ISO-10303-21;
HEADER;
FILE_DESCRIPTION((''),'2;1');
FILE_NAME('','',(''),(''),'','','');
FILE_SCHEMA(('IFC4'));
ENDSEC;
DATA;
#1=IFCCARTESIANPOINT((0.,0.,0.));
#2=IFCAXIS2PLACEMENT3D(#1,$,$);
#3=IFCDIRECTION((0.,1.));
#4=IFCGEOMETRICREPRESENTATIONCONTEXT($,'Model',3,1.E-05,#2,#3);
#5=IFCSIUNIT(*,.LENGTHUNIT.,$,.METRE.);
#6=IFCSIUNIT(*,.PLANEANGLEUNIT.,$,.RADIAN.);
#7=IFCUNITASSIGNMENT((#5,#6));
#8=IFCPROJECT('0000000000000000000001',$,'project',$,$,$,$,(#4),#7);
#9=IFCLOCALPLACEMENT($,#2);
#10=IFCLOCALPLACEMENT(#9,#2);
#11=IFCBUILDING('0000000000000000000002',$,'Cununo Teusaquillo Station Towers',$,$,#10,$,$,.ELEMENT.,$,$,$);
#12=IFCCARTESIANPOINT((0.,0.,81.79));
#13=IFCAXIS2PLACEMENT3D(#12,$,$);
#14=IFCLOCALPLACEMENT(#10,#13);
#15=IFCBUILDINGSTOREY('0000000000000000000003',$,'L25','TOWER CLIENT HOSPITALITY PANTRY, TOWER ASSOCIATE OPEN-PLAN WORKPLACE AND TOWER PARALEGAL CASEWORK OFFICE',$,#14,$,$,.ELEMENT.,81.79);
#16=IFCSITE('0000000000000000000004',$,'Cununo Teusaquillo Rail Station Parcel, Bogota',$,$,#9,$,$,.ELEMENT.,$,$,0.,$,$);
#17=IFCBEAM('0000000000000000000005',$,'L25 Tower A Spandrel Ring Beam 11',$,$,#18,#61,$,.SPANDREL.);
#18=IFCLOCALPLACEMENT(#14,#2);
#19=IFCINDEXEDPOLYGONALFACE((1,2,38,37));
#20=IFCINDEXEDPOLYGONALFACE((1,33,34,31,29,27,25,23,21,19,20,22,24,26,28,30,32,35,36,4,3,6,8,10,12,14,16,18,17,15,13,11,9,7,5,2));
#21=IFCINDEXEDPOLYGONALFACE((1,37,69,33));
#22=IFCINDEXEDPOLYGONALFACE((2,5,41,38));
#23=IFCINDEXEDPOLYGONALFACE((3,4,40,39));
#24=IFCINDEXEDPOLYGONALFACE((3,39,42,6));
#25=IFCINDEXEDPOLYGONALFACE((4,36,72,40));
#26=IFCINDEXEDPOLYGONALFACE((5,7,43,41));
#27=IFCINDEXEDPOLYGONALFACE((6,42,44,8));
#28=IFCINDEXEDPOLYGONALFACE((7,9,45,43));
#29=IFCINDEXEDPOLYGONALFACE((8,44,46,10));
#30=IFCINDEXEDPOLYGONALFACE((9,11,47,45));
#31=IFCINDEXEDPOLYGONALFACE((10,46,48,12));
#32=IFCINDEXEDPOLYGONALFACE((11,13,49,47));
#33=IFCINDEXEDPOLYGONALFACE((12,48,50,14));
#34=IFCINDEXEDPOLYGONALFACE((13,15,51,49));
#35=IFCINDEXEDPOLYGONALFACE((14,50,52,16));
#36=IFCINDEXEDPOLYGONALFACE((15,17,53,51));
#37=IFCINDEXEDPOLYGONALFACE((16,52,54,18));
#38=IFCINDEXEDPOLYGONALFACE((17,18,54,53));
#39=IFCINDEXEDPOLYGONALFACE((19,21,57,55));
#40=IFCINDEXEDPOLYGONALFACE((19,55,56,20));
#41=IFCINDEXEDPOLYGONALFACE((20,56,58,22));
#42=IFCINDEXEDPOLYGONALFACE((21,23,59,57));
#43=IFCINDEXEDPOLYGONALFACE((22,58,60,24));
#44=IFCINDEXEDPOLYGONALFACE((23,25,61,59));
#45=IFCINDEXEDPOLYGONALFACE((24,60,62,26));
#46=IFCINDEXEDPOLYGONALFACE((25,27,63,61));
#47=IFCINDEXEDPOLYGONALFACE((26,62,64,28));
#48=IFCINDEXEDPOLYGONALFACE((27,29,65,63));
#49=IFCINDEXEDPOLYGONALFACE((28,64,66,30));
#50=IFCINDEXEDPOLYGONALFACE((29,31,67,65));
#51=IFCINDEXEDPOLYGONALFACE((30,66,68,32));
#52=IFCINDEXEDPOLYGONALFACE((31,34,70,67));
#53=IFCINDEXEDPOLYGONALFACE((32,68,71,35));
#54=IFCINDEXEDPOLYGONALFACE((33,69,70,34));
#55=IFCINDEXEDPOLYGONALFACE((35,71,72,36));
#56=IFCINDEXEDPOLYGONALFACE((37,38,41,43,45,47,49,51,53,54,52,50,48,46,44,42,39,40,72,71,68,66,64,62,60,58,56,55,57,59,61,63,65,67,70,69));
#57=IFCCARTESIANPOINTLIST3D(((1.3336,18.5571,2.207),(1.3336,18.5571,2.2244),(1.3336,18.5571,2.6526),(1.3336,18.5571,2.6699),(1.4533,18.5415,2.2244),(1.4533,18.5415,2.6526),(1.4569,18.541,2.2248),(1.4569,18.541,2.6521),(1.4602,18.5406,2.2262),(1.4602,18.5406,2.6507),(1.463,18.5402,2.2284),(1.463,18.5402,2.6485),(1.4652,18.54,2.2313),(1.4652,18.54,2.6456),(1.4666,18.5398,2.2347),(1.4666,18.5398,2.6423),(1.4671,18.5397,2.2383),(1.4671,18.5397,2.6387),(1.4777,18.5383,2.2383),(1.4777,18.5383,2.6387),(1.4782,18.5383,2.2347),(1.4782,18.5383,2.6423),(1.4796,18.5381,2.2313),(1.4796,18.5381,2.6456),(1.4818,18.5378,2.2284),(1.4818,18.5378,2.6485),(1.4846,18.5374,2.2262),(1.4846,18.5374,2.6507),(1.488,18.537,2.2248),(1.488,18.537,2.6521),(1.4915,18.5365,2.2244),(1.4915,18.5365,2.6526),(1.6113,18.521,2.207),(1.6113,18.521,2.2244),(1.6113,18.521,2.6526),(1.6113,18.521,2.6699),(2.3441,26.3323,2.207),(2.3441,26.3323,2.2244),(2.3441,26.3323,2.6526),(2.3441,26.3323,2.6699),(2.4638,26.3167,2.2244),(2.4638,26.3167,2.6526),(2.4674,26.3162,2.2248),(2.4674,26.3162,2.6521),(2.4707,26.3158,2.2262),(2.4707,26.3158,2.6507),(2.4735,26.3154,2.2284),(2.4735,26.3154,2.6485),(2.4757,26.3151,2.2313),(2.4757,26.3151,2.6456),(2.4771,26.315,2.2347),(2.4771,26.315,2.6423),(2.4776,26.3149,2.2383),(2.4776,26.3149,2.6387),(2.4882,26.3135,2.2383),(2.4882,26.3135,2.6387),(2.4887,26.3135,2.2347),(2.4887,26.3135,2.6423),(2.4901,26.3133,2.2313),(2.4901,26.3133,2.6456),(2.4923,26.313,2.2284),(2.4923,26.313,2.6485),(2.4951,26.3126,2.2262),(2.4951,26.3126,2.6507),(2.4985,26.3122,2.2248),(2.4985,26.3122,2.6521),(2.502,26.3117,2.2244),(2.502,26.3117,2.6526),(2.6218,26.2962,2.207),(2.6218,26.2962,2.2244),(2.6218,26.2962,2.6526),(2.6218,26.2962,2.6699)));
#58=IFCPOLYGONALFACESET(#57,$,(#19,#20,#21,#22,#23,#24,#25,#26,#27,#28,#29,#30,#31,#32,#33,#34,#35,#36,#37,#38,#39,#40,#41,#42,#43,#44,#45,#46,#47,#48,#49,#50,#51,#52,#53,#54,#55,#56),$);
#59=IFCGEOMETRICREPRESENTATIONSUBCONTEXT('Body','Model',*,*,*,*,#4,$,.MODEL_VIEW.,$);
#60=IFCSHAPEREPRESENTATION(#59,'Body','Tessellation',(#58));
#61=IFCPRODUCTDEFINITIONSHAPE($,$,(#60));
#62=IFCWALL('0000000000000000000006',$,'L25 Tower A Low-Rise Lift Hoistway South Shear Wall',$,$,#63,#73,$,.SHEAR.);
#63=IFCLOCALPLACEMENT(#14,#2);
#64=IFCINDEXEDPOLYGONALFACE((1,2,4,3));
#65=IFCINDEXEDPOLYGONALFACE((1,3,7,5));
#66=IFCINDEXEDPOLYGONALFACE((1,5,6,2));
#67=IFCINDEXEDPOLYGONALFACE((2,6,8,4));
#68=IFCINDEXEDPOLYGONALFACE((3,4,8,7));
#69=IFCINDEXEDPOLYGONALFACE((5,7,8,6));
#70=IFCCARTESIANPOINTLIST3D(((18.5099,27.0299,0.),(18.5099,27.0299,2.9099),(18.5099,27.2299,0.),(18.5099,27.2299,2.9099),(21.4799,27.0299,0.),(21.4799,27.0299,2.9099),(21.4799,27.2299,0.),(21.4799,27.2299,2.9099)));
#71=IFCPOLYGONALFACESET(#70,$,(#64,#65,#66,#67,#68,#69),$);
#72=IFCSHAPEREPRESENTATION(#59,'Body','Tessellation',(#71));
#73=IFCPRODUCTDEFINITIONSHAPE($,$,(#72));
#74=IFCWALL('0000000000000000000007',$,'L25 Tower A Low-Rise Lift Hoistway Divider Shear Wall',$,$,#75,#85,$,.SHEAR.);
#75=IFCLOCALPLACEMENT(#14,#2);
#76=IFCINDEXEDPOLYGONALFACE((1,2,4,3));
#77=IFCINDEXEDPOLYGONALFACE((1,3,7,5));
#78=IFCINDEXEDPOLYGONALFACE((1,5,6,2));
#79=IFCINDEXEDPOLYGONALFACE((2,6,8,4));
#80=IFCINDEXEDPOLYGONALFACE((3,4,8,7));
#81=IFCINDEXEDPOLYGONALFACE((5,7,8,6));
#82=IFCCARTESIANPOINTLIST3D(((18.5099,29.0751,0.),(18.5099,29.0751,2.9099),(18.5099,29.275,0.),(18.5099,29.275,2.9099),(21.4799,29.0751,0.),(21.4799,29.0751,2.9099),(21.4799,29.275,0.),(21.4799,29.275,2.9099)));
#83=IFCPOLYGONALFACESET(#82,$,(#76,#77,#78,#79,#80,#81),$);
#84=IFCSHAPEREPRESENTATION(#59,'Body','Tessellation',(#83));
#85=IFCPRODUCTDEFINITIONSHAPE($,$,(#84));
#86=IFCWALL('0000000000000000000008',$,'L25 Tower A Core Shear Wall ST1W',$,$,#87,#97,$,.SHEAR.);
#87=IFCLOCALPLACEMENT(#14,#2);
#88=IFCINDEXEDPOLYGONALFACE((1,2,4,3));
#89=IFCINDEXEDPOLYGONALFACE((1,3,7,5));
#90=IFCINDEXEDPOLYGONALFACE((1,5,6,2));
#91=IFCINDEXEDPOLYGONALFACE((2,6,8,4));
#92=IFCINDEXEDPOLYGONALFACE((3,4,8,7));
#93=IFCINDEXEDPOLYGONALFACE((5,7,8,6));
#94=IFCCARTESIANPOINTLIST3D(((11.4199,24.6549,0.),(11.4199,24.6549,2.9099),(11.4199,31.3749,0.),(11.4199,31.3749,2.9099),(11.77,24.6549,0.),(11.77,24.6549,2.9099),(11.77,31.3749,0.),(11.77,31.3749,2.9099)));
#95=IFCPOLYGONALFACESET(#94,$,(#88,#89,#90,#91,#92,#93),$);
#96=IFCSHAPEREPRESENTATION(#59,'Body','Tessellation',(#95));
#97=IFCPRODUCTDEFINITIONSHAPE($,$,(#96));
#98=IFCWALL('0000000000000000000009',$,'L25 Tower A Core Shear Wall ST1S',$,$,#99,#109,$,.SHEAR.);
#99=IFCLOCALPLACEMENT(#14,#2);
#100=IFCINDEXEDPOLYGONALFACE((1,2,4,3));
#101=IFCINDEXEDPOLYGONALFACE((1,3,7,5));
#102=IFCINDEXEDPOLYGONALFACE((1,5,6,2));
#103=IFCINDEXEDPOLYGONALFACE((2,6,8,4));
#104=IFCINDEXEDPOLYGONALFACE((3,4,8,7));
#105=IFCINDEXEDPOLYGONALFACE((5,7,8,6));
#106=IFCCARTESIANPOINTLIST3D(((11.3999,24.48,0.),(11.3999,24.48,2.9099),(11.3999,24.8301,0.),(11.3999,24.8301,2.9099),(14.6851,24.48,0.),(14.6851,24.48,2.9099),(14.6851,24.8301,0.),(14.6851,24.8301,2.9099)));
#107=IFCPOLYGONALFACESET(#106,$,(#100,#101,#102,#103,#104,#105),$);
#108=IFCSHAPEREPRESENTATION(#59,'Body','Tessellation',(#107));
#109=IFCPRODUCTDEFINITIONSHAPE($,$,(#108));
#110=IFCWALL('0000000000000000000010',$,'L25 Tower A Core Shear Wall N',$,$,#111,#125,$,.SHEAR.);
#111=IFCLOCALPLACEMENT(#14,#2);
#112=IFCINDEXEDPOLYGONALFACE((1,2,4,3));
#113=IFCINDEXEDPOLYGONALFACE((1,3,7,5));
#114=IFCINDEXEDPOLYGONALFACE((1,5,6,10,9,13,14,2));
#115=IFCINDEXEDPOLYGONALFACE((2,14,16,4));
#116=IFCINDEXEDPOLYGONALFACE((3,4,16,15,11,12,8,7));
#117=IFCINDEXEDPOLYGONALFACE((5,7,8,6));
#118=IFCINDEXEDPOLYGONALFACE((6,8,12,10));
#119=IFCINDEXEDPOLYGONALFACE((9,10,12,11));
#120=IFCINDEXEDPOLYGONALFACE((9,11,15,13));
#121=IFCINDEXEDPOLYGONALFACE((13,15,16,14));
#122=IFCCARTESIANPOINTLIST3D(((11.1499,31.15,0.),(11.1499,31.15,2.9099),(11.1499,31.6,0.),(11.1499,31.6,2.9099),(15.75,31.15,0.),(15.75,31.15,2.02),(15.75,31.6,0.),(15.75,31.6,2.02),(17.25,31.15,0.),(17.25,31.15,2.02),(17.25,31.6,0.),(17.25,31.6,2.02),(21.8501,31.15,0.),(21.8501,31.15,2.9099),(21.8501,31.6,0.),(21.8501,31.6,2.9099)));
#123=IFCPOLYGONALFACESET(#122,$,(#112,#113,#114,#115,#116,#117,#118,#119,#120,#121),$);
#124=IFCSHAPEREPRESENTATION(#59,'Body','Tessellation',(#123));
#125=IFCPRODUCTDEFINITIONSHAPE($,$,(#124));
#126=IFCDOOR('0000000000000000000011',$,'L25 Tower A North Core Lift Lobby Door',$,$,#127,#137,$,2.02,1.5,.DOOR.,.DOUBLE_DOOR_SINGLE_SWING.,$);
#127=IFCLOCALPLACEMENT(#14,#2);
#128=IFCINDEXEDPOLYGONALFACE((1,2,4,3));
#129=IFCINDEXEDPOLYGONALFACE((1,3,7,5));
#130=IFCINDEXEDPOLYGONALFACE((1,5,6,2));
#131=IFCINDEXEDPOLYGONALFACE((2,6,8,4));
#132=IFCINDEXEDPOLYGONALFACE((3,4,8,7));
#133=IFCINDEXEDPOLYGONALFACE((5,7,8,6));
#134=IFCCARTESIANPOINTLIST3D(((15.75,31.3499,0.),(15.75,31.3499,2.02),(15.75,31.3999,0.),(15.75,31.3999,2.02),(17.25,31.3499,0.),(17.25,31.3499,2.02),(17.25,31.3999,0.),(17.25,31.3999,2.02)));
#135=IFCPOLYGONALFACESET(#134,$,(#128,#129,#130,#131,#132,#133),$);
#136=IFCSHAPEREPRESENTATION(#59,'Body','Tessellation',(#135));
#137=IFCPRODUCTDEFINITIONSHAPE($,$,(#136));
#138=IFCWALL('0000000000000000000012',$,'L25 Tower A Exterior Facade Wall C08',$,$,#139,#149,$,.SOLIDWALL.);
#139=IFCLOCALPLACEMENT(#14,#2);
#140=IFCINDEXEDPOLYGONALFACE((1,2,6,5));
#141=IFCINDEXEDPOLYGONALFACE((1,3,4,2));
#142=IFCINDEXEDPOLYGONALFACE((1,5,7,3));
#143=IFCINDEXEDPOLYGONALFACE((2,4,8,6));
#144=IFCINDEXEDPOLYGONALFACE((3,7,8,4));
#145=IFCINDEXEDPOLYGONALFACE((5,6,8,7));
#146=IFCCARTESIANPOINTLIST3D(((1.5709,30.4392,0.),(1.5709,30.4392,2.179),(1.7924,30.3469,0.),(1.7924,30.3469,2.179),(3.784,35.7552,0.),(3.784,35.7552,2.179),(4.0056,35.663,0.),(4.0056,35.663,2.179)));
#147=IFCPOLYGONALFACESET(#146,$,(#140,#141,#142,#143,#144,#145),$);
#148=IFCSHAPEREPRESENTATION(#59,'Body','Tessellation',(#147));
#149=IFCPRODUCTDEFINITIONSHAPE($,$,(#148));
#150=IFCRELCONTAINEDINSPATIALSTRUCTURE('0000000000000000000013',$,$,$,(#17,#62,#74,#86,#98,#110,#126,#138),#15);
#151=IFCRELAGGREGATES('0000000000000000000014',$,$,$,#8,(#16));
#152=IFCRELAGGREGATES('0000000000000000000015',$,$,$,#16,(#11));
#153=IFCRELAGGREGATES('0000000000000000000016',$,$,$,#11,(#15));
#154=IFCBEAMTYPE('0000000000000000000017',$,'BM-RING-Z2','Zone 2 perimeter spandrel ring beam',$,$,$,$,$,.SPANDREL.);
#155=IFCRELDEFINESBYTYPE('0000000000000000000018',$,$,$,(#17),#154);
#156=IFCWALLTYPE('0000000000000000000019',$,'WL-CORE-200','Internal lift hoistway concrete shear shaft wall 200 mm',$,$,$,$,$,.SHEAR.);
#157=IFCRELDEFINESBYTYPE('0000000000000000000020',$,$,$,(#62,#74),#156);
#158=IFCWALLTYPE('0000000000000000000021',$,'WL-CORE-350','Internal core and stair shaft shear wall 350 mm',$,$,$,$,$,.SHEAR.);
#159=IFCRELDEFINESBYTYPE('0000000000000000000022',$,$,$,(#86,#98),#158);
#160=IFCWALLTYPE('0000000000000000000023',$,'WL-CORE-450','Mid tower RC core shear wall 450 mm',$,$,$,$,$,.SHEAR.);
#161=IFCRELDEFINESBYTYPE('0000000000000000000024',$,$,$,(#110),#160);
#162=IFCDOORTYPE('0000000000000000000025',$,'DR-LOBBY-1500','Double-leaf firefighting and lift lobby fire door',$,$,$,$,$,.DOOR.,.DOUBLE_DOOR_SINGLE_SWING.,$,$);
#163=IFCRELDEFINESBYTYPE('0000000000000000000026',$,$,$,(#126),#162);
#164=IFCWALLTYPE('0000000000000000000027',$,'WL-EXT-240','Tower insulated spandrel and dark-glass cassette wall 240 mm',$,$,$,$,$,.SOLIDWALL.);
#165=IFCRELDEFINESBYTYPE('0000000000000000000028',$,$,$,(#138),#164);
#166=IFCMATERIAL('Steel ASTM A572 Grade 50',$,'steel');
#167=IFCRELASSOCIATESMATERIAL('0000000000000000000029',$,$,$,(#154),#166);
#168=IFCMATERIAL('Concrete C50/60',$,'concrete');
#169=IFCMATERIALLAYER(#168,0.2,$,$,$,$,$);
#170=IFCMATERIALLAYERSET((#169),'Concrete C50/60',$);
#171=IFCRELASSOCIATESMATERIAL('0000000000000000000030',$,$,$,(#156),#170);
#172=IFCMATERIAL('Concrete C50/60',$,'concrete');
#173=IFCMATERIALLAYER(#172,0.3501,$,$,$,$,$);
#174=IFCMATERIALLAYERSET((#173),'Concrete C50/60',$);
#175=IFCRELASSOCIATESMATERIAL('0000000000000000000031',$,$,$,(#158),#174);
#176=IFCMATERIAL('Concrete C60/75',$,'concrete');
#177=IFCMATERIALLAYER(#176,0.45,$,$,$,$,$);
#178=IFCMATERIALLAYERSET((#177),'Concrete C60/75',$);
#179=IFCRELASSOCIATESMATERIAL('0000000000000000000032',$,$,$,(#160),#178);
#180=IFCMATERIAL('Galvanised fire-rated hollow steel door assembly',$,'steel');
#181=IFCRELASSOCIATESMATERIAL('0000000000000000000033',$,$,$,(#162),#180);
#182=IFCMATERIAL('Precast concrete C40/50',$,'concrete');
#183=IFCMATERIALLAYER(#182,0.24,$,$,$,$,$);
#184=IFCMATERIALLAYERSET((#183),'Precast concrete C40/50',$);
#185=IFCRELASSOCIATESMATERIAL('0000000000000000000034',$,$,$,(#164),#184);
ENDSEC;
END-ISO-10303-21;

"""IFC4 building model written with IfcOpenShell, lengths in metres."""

from ifc_helpers import new_model, si_unit, direction, frame, frame_2d, origin, origin_2d, place, context, subcontext, project, spatial, rectangle, i_section, extrude, source, transform, mapped, material, layer, layer_set, material_profile, profile_set, type_object, element, fill, save


model = new_model("IFC4")

# Units and contexts
model_context = context("Model", 3, precision=1e-05, world=origin(), true_north=direction((0.0, 1.0)))
body_context = subcontext(model_context, "Body", "Model", "MODEL_VIEW")
ifc_project = project(units=[si_unit("LENGTHUNIT", "METRE"), si_unit("PLANEANGLEUNIT", "RADIAN")], contexts=[model_context])

# Site, building, storey
site_placement = place(None, origin())
site = spatial("IfcSite", under=ifc_project, at=site_placement, Name="Cununo Teusaquillo Rail Station Parcel, Bogota", CompositionType="ELEMENT", RefElevation=0.0)
building_placement = place(site_placement, origin())
building = spatial("IfcBuilding", under=site, at=building_placement, Name="Cununo Teusaquillo Station Towers", CompositionType="ELEMENT")
storey_placement = place(building_placement, frame((0.0, 0.0, 81.79)))
storey = spatial("IfcBuildingStorey", under=building, at=storey_placement, Name="L25", Description="TOWER CLIENT HOSPITALITY PANTRY, TOWER ASSOCIATE OPEN-PLAN WORKPLACE AND TOWER PARALEGAL CASEWORK OFFICE", CompositionType="ELEMENT", Elevation=81.79)

# Beam
ifc_material_1 = material(Name="Steel ASTM A572 Grade 50", Category="steel")
ifc_material_profile_1 = material_profile(ifc_material_1, i_section(OverallWidth=0.28, OverallDepth=0.4629, WebThickness=0.0107, FlangeThickness=0.0173, FilletRadius=0.0139, at=origin_2d()), Name="W18X76")
ifc_profile_set_1 = profile_set([ifc_material_profile_1], Name="Steel ASTM A572 Grade 50")
beam_type_1 = type_object("IfcBeamType", Name="BM-RING-Z2", Description="Zone 2 perimeter spandrel ring beam", PredefinedType="SPANDREL", material=ifc_profile_set_1)
beam_1_placement = place(storey_placement, frame((2.4829, 26.3142, 2.4385), z_axis=(-0.128881, -0.99166, 0.0), x_axis=(0.99166, -0.128881, 0.0)))
element("IfcBeam", 1, at=beam_1_placement, inside=storey, type_object=beam_type_1, Name="L25 Tower A Spandrel Ring Beam 11", PredefinedType="SPANDREL", context=body_context, shape_type="SweptSolid", body=[
    extrude(i_section(OverallWidth=0.28, OverallDepth=0.4629, WebThickness=0.0107, FlangeThickness=0.0173, FilletRadius=0.0139, at=origin_2d()), origin(), (0.0, 0.0, 1.0), 7.8406),
])

# Walls
ifc_material_2 = material(Name="Concrete C50/60", Category="concrete")
ifc_layer_1 = layer(ifc_material_2, 0.2)
ifc_layer_set_1 = layer_set([ifc_layer_1], Name="Concrete C50/60")
wall_type_1 = type_object("IfcWallType", Name="WL-CORE-200", Description="Internal lift hoistway concrete shear shaft wall 200 mm", PredefinedType="SHEAR", material=ifc_layer_set_1)
for number, where, z_axis, x_axis, name in (
    (2, (18.51, 27.1299, 0.0), (0.0, 0.0, 1.0), (1.0, 0.0, 0.0), "L25 Tower A Low-Rise Lift Hoistway South Shear Wall"),
    (3, (18.51, 29.175, 0.0), (0.0, 0.0, 1.0), (1.0, 0.0, 0.0), "L25 Tower A Low-Rise Lift Hoistway Divider Shear Wall"),
):
    element("IfcWall", number, at=place(storey_placement, frame(where, z_axis=z_axis, x_axis=x_axis)), inside=storey, type_object=wall_type_1, Name=name, PredefinedType="SHEAR", context=body_context, shape_type="SweptSolid", body=[
        extrude(rectangle(XDim=2.97, YDim=0.2, at=frame_2d((1.4849, 0.0))), origin(), (0.0, 0.0, 1.0), 2.9099),
    ])
ifc_material_3 = material(Name="Concrete C50/60", Category="concrete")
ifc_layer_2 = layer(ifc_material_3, 0.3501)
ifc_layer_set_2 = layer_set([ifc_layer_2], Name="Concrete C50/60")
wall_type_2 = type_object("IfcWallType", Name="WL-CORE-350", Description="Internal core and stair shaft shear wall 350 mm", PredefinedType="SHEAR", material=ifc_layer_set_2)
wall_1_placement = place(storey_placement, frame((11.595, 24.655, 0.0), z_axis=(0.0, 0.0, 1.0), x_axis=(0.0, 1.0, 0.0)))
element("IfcWall", 4, at=wall_1_placement, inside=storey, type_object=wall_type_2, Name="L25 Tower A Core Shear Wall ST1W", PredefinedType="SHEAR", context=body_context, shape_type="SweptSolid", body=[
    extrude(rectangle(XDim=6.72, YDim=0.3501, at=frame_2d((3.3599, 0.0))), origin(), (0.0, 0.0, 1.0), 2.9099),
])
wall_2_placement = place(storey_placement, frame((11.3999, 24.655, 0.0), z_axis=(0.0, 0.0, 1.0), x_axis=(1.0, 0.0, 0.0)))
element("IfcWall", 5, at=wall_2_placement, inside=storey, type_object=wall_type_2, Name="L25 Tower A Core Shear Wall ST1S", PredefinedType="SHEAR", context=body_context, shape_type="SweptSolid", body=[
    extrude(rectangle(XDim=3.2852, YDim=0.3501, at=frame_2d((1.6426, 0.0))), origin(), (0.0, 0.0, 1.0), 2.9099),
])

# Wall, opening, door
ifc_material_4 = material(Name="Concrete C60/75", Category="concrete")
ifc_layer_3 = layer(ifc_material_4, 0.45)
ifc_layer_set_3 = layer_set([ifc_layer_3], Name="Concrete C60/75")
wall_type_3 = type_object("IfcWallType", Name="WL-CORE-450", Description="Mid tower RC core shear wall 450 mm", PredefinedType="SHEAR", material=ifc_layer_set_3)
wall_3_placement = place(storey_placement, frame((11.1499, 31.375, 0.0), z_axis=(0.0, 0.0, 1.0), x_axis=(1.0, 0.0, 0.0)))
wall_3 = element("IfcWall", 6, at=wall_3_placement, inside=storey, type_object=wall_type_3, Name="L25 Tower A Core Shear Wall N", PredefinedType="SHEAR", context=body_context, shape_type="SweptSolid", body=[
    extrude(rectangle(XDim=10.7002, YDim=0.45, at=frame_2d((5.3501, 0.0))), origin(), (0.0, 0.0, 1.0), 2.9099),
])
shared_shape_1 = source(origin(), body_context, "Body", "SweptSolid", [
    extrude(rectangle(XDim=1.5, YDim=2.02, at=frame_2d((0.75, 1.01))), frame((0.0, 0.2349, 0.0), z_axis=(0.0, -1.0, 0.0), x_axis=(1.0, 0.0, 0.0)), (0.0, 0.0, 1.0), 0.47),
])
opening_1_placement = place(wall_3_placement, frame((4.6001, 0.0, 0.0)))
opening_1 = element("IfcOpeningElement", 7, at=opening_1_placement, cuts=wall_3, PredefinedType="OPENING", context=body_context, shape_type="MappedRepresentation", body=[
    mapped(shared_shape_1, transform((0.0, 0.0, 0.0), x_axis=(1.0, 0.0, 0.0), y_axis=(0.0, 1.0, 0.0), z_axis=(0.0, 0.0, 1.0), scale=1.0)),
])
ifc_material_5 = material(Name="Galvanised fire-rated hollow steel door assembly", Category="steel")
door_type_1 = type_object("IfcDoorType", Name="DR-LOBBY-1500", Description="Double-leaf firefighting and lift lobby fire door", OperationType="DOUBLE_DOOR_SINGLE_SWING", PredefinedType="DOOR", material=ifc_material_5)
shared_shape_2 = source(origin(), body_context, "Body", "SweptSolid", [
    extrude(rectangle(XDim=1.5, YDim=2.02, at=frame_2d((0.75, 1.01))), frame((0.0, 0.0249, 0.0), z_axis=(0.0, -1.0, 0.0), x_axis=(1.0, 0.0, 0.0)), (0.0, 0.0, 1.0), 0.05),
])
door_1_placement = place(opening_1_placement, origin())
door_1 = element("IfcDoor", 8, at=door_1_placement, inside=storey, type_object=door_type_1, Name="L25 Tower A North Core Lift Lobby Door", OperationType="DOUBLE_DOOR_SINGLE_SWING", OverallHeight=2.02, OverallWidth=1.5, PredefinedType="DOOR", context=body_context, shape_type="MappedRepresentation", body=[
    mapped(shared_shape_2, transform((0.0, 0.0, 0.0), x_axis=(1.0, 0.0, 0.0), y_axis=(0.0, 1.0, 0.0), z_axis=(0.0, 0.0, 1.0), scale=1.0)),
])
fill(opening_1, door_1)

# Wall
ifc_material_6 = material(Name="Precast concrete C40/50", Category="concrete")
ifc_layer_4 = layer(ifc_material_6, 0.24)
ifc_layer_set_4 = layer_set([ifc_layer_4], Name="Precast concrete C40/50")
wall_type_4 = type_object("IfcWallType", Name="WL-EXT-240", Description="Tower insulated spandrel and dark-glass cassette wall 240 mm", PredefinedType="SOLIDWALL", material=ifc_layer_set_4)
wall_4_placement = place(storey_placement, frame((1.6816, 30.3931, 0.0), z_axis=(0.0, 0.0, 1.0), x_axis=(0.384344, 0.92319, 0.0)))
element("IfcWall", 9, at=wall_4_placement, inside=storey, type_object=wall_type_4, Name="L25 Tower A Exterior Facade Wall C08", PredefinedType="SOLIDWALL", context=body_context, shape_type="SweptSolid", body=[
    extrude(rectangle(XDim=5.7583, YDim=0.24, at=frame_2d((2.8792, 0.0))), origin(), (0.0, 0.0, 1.0), 2.179),
])

save(model, "model.ifc")
